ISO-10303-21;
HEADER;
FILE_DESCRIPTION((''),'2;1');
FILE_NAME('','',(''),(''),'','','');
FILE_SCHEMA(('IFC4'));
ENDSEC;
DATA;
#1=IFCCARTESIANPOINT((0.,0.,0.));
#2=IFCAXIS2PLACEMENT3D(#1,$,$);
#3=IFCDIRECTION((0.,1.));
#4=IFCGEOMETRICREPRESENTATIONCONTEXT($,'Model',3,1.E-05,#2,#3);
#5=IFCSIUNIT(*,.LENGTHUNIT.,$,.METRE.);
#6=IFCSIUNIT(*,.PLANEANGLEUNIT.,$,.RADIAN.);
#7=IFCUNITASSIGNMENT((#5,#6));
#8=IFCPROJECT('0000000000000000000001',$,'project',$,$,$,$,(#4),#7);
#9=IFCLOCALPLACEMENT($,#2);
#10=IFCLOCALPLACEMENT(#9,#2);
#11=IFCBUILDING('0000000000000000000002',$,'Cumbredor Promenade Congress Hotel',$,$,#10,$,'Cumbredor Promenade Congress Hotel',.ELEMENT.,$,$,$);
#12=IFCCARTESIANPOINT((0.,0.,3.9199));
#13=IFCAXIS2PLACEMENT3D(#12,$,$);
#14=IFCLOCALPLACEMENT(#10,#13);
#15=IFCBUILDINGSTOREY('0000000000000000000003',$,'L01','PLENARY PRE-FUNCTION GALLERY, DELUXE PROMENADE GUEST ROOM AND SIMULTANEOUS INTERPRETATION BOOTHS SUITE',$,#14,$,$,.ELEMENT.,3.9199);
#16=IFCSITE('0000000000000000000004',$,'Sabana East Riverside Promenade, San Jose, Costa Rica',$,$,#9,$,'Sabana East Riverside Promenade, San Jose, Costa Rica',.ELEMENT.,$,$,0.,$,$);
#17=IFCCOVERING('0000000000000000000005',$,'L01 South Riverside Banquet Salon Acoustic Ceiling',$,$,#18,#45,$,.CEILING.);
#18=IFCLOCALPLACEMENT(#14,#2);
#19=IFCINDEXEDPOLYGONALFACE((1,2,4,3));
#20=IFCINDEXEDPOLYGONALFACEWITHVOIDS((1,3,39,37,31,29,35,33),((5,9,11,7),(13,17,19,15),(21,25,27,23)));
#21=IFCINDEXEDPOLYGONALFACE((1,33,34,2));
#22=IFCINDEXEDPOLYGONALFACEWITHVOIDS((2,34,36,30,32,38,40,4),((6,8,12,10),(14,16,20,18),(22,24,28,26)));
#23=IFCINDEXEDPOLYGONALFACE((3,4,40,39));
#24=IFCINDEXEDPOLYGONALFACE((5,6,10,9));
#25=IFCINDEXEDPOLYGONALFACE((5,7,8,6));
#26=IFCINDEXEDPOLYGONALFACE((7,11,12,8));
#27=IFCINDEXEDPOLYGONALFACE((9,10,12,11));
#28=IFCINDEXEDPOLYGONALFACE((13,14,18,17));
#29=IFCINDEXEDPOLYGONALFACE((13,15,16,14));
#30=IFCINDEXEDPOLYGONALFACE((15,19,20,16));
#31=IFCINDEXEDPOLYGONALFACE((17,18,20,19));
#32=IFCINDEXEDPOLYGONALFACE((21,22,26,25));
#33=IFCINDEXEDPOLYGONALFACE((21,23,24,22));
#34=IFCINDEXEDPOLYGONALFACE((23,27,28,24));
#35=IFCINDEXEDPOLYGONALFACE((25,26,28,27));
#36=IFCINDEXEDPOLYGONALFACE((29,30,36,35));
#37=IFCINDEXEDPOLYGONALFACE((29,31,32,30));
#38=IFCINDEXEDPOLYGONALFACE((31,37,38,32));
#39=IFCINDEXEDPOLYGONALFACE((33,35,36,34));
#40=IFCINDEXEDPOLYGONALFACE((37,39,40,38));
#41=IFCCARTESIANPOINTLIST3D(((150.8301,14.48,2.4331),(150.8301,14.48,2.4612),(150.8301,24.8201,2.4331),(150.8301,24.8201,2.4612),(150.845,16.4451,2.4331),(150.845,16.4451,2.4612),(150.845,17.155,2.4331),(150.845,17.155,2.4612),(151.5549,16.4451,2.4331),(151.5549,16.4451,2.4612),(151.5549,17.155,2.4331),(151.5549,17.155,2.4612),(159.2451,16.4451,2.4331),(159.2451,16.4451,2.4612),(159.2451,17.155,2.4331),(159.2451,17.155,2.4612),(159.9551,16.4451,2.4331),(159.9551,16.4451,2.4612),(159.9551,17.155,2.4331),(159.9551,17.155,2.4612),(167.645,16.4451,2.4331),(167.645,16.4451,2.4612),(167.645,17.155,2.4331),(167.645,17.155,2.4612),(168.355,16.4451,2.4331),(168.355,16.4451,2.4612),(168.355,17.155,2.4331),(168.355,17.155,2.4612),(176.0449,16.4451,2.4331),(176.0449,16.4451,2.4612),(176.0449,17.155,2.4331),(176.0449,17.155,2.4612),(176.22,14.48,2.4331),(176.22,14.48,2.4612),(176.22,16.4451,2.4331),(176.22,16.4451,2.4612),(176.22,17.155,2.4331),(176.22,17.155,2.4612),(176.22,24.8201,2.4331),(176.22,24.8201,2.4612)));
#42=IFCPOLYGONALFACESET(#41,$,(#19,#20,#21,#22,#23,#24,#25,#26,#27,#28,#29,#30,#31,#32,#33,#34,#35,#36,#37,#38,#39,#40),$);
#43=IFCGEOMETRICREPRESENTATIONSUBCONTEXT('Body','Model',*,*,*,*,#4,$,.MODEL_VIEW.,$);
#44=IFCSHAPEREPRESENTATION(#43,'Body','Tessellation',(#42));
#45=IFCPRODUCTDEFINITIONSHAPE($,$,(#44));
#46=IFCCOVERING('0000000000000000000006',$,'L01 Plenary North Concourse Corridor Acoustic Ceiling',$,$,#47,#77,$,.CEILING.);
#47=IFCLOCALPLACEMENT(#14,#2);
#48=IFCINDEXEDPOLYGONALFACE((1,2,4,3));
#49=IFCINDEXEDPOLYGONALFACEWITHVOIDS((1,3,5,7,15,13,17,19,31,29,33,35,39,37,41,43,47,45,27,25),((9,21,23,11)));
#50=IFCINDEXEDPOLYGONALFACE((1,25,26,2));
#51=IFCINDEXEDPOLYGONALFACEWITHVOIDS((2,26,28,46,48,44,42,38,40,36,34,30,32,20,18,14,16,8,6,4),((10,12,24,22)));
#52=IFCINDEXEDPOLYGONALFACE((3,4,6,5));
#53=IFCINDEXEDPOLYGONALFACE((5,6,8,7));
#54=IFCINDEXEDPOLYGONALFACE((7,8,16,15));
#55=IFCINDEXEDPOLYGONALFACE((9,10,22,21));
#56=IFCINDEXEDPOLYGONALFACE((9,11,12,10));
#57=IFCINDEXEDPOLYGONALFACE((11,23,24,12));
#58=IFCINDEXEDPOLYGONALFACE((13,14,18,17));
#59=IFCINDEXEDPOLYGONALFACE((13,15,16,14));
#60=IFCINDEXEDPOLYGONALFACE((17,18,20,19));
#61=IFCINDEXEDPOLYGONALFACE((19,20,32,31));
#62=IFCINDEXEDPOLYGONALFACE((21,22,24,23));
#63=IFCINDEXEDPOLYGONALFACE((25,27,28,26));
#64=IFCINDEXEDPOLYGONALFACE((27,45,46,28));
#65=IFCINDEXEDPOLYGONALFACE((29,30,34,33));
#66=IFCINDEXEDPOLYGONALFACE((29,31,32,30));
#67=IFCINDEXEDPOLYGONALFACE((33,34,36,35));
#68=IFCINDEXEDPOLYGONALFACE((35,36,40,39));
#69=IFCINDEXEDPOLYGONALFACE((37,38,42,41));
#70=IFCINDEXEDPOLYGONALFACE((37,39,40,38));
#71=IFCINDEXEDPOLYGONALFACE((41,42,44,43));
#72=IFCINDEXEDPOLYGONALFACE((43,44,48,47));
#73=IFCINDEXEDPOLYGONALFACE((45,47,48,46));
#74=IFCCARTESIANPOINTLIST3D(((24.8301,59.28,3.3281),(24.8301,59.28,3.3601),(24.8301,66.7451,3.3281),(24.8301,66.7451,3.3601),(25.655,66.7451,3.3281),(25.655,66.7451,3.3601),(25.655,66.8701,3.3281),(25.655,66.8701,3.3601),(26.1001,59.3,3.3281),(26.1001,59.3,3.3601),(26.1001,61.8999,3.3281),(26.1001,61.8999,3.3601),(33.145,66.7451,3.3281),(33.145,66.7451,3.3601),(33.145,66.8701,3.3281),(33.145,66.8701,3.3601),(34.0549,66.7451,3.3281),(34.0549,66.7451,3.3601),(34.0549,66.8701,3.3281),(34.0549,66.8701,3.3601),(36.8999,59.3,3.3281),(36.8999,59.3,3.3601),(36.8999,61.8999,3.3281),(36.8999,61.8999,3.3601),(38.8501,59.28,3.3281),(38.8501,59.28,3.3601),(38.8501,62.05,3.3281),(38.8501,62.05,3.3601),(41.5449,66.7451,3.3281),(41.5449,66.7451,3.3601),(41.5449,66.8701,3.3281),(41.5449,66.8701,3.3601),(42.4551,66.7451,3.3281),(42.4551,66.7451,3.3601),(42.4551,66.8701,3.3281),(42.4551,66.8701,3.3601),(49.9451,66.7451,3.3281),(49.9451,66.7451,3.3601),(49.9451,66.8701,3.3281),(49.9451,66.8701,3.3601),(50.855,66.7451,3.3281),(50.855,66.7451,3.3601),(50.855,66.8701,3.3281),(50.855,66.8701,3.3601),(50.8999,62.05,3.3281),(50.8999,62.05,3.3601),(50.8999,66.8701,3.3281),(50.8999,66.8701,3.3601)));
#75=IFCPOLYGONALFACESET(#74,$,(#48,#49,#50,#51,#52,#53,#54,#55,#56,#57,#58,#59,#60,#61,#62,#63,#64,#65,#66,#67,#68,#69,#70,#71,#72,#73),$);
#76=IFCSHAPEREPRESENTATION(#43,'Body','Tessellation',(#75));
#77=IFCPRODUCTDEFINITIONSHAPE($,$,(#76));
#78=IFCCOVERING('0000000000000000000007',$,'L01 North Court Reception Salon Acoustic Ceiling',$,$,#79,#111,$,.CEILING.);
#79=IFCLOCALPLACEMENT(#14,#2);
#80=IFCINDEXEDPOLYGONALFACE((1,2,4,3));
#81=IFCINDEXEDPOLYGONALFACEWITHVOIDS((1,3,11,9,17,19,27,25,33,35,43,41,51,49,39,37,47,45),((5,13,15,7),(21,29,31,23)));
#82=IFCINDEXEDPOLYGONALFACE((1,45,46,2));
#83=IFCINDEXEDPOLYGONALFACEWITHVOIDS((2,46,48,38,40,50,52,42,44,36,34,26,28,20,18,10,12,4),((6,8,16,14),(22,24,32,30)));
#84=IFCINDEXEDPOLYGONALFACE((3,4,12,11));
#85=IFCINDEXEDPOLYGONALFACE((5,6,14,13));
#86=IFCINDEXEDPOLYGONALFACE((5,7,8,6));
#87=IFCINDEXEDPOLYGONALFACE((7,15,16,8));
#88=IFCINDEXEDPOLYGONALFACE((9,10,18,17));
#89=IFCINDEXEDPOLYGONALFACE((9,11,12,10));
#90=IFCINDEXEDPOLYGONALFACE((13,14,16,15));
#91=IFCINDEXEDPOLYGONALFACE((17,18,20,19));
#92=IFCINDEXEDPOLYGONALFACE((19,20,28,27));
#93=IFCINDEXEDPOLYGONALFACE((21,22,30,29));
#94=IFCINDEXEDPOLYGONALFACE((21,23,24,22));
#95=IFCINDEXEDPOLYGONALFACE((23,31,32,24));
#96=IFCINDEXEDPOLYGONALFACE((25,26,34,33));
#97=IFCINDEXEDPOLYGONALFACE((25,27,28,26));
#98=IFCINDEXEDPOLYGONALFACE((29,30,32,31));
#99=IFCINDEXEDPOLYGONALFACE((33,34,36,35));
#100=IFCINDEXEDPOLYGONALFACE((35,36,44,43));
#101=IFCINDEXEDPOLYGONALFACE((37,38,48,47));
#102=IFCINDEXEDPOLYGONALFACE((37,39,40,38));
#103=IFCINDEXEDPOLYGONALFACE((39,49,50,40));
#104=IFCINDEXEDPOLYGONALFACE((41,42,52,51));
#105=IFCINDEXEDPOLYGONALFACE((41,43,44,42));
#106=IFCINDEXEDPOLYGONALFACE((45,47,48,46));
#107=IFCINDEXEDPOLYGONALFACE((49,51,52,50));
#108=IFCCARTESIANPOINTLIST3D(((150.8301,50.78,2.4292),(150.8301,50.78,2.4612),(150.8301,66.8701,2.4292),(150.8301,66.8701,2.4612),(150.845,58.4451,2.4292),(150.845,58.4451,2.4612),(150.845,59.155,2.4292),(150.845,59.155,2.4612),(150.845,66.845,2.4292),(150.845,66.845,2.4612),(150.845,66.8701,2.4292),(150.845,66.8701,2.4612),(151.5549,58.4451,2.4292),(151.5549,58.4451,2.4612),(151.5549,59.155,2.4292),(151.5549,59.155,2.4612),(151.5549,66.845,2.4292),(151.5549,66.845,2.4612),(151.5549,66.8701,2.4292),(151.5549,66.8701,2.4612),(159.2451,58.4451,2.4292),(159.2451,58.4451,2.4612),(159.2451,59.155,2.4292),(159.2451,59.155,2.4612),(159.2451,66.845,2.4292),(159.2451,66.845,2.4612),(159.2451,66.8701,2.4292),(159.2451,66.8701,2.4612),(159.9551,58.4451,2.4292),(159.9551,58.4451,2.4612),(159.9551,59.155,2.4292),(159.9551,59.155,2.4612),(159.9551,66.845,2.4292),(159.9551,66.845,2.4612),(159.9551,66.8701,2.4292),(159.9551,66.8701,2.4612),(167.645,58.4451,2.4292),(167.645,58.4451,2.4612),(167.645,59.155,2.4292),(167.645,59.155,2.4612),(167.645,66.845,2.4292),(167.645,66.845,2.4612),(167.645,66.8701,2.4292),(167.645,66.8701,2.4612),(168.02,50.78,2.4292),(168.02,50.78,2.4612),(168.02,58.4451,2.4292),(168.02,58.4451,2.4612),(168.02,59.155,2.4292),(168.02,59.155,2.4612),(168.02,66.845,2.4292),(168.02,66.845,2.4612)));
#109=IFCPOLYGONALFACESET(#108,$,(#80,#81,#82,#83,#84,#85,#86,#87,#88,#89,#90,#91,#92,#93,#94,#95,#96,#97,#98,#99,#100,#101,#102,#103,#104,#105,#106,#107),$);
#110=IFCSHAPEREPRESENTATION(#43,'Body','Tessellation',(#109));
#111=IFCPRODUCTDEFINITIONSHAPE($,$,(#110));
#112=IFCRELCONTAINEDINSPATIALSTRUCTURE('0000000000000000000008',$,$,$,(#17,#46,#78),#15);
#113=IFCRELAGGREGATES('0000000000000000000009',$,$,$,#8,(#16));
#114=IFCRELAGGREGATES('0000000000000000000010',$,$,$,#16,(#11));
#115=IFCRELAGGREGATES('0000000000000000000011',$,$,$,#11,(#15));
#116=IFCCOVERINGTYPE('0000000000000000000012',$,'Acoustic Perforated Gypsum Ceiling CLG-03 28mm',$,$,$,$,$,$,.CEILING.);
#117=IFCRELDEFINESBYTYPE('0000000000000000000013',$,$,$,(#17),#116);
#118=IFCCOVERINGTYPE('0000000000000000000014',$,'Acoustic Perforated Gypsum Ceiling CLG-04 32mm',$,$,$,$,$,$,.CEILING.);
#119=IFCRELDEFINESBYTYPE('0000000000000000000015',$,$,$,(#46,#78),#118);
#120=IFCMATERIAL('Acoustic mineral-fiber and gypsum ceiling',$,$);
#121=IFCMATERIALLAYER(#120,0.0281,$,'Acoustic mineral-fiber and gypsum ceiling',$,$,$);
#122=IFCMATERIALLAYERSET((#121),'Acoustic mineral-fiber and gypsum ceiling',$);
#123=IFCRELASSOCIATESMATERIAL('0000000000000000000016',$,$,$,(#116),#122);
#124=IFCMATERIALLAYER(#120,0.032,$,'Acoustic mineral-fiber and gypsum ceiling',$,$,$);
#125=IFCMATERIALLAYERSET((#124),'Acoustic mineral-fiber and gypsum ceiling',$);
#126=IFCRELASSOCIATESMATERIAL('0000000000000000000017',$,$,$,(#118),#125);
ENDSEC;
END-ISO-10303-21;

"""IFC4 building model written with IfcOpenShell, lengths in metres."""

from ifc_helpers import new_model, si_unit, direction, frame, origin, place, context, subcontext, project, spatial, polyline, outline, extrude, material, layer, layer_set, type_object, element, save


model = new_model("IFC4")

# Units and contexts
model_context = context("Model", 3, precision=1e-05, world=origin(), true_north=direction((0.0, 1.0)))
body_context = subcontext(model_context, "Body", "Model", "MODEL_VIEW")
ifc_project = project(units=[si_unit("LENGTHUNIT", "METRE"), si_unit("PLANEANGLEUNIT", "RADIAN")], contexts=[model_context])

# Site, building, storey
site_placement = place(None, origin())
site = spatial("IfcSite", under=ifc_project, at=site_placement, Name="Sabana East Riverside Promenade, San Jose, Costa Rica", LongName="Sabana East Riverside Promenade, San Jose, Costa Rica", CompositionType="ELEMENT", RefElevation=0.0)
building_placement = place(site_placement, origin())
building = spatial("IfcBuilding", under=site, at=building_placement, Name="Cumbredor Promenade Congress Hotel", LongName="Cumbredor Promenade Congress Hotel", CompositionType="ELEMENT")
storey_placement = place(building_placement, frame((0.0, 0.0, 3.9199)))
storey = spatial("IfcBuildingStorey", under=building, at=storey_placement, Name="L01", Description="PLENARY PRE-FUNCTION GALLERY, DELUXE PROMENADE GUEST ROOM AND SIMULTANEOUS INTERPRETATION BOOTHS SUITE", CompositionType="ELEMENT", Elevation=3.9199)

# Coverings
ifc_material_1 = material(Name="Acoustic mineral-fiber and gypsum ceiling")
ifc_layer_1 = layer(ifc_material_1, 0.0281, Name="Acoustic mineral-fiber and gypsum ceiling")
ifc_layer_set_1 = layer_set([ifc_layer_1], Name="Acoustic mineral-fiber and gypsum ceiling")
covering_type_1 = type_object("IfcCoveringType", Name="Acoustic Perforated Gypsum Ceiling CLG-03 28mm", PredefinedType="CEILING", material=ifc_layer_set_1)
covering_1_placement = place(storey_placement, frame((0.0, 0.0, 2.4331)))
element("IfcCovering", 1, at=covering_1_placement, inside=storey, type_object=covering_type_1, Name="L01 South Riverside Banquet Salon Acoustic Ceiling", PredefinedType="CEILING", context=body_context, shape_type="SweptSolid", body=[
    extrude(outline(polyline([(150.8301, 14.48), (150.8301, 24.8201), (176.22, 24.8201), (176.22, 17.155), (176.0449, 17.155), (176.0449, 16.4451), (176.22, 16.4451), (176.22, 14.48), (150.8301, 14.48)]), holes=[polyline([(151.5549, 16.4451), (151.5549, 17.155), (150.845, 17.155), (150.845, 16.4451), (151.5549, 16.4451)]), polyline([(159.2451, 16.4451), (159.9551, 16.4451), (159.9551, 17.155), (159.2451, 17.155), (159.2451, 16.4451)]), polyline([(167.645, 17.155), (167.645, 16.4451), (168.355, 16.4451), (168.355, 17.155), (167.645, 17.155)])]), origin(), (0.0, 0.0, 1.0), 0.0281),
])
ifc_layer_2 = layer(ifc_material_1, 0.032, Name="Acoustic mineral-fiber and gypsum ceiling")
ifc_layer_set_2 = layer_set([ifc_layer_2], Name="Acoustic mineral-fiber and gypsum ceiling")
covering_type_2 = type_object("IfcCoveringType", Name="Acoustic Perforated Gypsum Ceiling CLG-04 32mm", PredefinedType="CEILING", material=ifc_layer_set_2)
covering_2_placement = place(storey_placement, frame((0.0, 0.0, 3.3281)))
element("IfcCovering", 2, at=covering_2_placement, inside=storey, type_object=covering_type_2, Name="L01 Plenary North Concourse Corridor Acoustic Ceiling", PredefinedType="CEILING", context=body_context, shape_type="SweptSolid", body=[
    extrude(outline(polyline([(38.8501, 62.05), (38.8501, 59.28), (24.8301, 59.28), (24.8301, 66.7451), (25.655, 66.7451), (25.655, 66.8701), (33.145, 66.8701), (33.145, 66.7451), (34.0549, 66.7451), (34.0549, 66.8701), (41.5449, 66.8701), (41.5449, 66.7451), (42.4551, 66.7451), (42.4551, 66.8701), (49.9451, 66.8701), (49.9451, 66.7451), (50.855, 66.7451), (50.855, 66.8701), (50.8999, 66.8701), (50.8999, 61.25), (57.77, 61.25), (57.77, 59.28), (50.8999, 59.28), (50.8999, 62.05), (38.8501, 62.05)]), holes=[polyline([(26.1001, 59.3), (36.8999, 59.3), (36.8999, 61.8999), (26.1001, 61.8999), (26.1001, 59.3)])]), origin(), (0.0, 0.0, 1.0), 0.032),
])
covering_3_placement = place(storey_placement, frame((0.0, 0.0, 2.4292)))
element("IfcCovering", 3, at=covering_3_placement, inside=storey, type_object=covering_type_2, Name="L01 North Court Reception Salon Acoustic Ceiling", PredefinedType="CEILING", context=body_context, shape_type="SweptSolid", body=[
    extrude(outline(polyline([(159.2451, 66.8701), (159.2451, 66.845), (159.9551, 66.845), (159.9551, 66.8701), (167.645, 66.8701), (167.645, 66.845), (168.02, 66.845), (168.02, 59.155), (167.645, 59.155), (167.645, 58.4451), (168.02, 58.4451), (168.02, 50.78), (150.8301, 50.78), (150.8301, 66.8701), (150.845, 66.8701), (150.845, 66.845), (151.5549, 66.845), (151.5549, 66.8701), (159.2451, 66.8701)]), holes=[polyline([(150.845, 59.155), (150.845, 58.4451), (151.5549, 58.4451), (151.5549, 59.155), (150.845, 59.155)]), polyline([(159.9551, 58.4451), (159.9551, 59.155), (159.2451, 59.155), (159.2451, 58.4451), (159.9551, 58.4451)])]), origin(), (0.0, 0.0, 1.0), 0.032),
])

save(model, "model.ifc")
